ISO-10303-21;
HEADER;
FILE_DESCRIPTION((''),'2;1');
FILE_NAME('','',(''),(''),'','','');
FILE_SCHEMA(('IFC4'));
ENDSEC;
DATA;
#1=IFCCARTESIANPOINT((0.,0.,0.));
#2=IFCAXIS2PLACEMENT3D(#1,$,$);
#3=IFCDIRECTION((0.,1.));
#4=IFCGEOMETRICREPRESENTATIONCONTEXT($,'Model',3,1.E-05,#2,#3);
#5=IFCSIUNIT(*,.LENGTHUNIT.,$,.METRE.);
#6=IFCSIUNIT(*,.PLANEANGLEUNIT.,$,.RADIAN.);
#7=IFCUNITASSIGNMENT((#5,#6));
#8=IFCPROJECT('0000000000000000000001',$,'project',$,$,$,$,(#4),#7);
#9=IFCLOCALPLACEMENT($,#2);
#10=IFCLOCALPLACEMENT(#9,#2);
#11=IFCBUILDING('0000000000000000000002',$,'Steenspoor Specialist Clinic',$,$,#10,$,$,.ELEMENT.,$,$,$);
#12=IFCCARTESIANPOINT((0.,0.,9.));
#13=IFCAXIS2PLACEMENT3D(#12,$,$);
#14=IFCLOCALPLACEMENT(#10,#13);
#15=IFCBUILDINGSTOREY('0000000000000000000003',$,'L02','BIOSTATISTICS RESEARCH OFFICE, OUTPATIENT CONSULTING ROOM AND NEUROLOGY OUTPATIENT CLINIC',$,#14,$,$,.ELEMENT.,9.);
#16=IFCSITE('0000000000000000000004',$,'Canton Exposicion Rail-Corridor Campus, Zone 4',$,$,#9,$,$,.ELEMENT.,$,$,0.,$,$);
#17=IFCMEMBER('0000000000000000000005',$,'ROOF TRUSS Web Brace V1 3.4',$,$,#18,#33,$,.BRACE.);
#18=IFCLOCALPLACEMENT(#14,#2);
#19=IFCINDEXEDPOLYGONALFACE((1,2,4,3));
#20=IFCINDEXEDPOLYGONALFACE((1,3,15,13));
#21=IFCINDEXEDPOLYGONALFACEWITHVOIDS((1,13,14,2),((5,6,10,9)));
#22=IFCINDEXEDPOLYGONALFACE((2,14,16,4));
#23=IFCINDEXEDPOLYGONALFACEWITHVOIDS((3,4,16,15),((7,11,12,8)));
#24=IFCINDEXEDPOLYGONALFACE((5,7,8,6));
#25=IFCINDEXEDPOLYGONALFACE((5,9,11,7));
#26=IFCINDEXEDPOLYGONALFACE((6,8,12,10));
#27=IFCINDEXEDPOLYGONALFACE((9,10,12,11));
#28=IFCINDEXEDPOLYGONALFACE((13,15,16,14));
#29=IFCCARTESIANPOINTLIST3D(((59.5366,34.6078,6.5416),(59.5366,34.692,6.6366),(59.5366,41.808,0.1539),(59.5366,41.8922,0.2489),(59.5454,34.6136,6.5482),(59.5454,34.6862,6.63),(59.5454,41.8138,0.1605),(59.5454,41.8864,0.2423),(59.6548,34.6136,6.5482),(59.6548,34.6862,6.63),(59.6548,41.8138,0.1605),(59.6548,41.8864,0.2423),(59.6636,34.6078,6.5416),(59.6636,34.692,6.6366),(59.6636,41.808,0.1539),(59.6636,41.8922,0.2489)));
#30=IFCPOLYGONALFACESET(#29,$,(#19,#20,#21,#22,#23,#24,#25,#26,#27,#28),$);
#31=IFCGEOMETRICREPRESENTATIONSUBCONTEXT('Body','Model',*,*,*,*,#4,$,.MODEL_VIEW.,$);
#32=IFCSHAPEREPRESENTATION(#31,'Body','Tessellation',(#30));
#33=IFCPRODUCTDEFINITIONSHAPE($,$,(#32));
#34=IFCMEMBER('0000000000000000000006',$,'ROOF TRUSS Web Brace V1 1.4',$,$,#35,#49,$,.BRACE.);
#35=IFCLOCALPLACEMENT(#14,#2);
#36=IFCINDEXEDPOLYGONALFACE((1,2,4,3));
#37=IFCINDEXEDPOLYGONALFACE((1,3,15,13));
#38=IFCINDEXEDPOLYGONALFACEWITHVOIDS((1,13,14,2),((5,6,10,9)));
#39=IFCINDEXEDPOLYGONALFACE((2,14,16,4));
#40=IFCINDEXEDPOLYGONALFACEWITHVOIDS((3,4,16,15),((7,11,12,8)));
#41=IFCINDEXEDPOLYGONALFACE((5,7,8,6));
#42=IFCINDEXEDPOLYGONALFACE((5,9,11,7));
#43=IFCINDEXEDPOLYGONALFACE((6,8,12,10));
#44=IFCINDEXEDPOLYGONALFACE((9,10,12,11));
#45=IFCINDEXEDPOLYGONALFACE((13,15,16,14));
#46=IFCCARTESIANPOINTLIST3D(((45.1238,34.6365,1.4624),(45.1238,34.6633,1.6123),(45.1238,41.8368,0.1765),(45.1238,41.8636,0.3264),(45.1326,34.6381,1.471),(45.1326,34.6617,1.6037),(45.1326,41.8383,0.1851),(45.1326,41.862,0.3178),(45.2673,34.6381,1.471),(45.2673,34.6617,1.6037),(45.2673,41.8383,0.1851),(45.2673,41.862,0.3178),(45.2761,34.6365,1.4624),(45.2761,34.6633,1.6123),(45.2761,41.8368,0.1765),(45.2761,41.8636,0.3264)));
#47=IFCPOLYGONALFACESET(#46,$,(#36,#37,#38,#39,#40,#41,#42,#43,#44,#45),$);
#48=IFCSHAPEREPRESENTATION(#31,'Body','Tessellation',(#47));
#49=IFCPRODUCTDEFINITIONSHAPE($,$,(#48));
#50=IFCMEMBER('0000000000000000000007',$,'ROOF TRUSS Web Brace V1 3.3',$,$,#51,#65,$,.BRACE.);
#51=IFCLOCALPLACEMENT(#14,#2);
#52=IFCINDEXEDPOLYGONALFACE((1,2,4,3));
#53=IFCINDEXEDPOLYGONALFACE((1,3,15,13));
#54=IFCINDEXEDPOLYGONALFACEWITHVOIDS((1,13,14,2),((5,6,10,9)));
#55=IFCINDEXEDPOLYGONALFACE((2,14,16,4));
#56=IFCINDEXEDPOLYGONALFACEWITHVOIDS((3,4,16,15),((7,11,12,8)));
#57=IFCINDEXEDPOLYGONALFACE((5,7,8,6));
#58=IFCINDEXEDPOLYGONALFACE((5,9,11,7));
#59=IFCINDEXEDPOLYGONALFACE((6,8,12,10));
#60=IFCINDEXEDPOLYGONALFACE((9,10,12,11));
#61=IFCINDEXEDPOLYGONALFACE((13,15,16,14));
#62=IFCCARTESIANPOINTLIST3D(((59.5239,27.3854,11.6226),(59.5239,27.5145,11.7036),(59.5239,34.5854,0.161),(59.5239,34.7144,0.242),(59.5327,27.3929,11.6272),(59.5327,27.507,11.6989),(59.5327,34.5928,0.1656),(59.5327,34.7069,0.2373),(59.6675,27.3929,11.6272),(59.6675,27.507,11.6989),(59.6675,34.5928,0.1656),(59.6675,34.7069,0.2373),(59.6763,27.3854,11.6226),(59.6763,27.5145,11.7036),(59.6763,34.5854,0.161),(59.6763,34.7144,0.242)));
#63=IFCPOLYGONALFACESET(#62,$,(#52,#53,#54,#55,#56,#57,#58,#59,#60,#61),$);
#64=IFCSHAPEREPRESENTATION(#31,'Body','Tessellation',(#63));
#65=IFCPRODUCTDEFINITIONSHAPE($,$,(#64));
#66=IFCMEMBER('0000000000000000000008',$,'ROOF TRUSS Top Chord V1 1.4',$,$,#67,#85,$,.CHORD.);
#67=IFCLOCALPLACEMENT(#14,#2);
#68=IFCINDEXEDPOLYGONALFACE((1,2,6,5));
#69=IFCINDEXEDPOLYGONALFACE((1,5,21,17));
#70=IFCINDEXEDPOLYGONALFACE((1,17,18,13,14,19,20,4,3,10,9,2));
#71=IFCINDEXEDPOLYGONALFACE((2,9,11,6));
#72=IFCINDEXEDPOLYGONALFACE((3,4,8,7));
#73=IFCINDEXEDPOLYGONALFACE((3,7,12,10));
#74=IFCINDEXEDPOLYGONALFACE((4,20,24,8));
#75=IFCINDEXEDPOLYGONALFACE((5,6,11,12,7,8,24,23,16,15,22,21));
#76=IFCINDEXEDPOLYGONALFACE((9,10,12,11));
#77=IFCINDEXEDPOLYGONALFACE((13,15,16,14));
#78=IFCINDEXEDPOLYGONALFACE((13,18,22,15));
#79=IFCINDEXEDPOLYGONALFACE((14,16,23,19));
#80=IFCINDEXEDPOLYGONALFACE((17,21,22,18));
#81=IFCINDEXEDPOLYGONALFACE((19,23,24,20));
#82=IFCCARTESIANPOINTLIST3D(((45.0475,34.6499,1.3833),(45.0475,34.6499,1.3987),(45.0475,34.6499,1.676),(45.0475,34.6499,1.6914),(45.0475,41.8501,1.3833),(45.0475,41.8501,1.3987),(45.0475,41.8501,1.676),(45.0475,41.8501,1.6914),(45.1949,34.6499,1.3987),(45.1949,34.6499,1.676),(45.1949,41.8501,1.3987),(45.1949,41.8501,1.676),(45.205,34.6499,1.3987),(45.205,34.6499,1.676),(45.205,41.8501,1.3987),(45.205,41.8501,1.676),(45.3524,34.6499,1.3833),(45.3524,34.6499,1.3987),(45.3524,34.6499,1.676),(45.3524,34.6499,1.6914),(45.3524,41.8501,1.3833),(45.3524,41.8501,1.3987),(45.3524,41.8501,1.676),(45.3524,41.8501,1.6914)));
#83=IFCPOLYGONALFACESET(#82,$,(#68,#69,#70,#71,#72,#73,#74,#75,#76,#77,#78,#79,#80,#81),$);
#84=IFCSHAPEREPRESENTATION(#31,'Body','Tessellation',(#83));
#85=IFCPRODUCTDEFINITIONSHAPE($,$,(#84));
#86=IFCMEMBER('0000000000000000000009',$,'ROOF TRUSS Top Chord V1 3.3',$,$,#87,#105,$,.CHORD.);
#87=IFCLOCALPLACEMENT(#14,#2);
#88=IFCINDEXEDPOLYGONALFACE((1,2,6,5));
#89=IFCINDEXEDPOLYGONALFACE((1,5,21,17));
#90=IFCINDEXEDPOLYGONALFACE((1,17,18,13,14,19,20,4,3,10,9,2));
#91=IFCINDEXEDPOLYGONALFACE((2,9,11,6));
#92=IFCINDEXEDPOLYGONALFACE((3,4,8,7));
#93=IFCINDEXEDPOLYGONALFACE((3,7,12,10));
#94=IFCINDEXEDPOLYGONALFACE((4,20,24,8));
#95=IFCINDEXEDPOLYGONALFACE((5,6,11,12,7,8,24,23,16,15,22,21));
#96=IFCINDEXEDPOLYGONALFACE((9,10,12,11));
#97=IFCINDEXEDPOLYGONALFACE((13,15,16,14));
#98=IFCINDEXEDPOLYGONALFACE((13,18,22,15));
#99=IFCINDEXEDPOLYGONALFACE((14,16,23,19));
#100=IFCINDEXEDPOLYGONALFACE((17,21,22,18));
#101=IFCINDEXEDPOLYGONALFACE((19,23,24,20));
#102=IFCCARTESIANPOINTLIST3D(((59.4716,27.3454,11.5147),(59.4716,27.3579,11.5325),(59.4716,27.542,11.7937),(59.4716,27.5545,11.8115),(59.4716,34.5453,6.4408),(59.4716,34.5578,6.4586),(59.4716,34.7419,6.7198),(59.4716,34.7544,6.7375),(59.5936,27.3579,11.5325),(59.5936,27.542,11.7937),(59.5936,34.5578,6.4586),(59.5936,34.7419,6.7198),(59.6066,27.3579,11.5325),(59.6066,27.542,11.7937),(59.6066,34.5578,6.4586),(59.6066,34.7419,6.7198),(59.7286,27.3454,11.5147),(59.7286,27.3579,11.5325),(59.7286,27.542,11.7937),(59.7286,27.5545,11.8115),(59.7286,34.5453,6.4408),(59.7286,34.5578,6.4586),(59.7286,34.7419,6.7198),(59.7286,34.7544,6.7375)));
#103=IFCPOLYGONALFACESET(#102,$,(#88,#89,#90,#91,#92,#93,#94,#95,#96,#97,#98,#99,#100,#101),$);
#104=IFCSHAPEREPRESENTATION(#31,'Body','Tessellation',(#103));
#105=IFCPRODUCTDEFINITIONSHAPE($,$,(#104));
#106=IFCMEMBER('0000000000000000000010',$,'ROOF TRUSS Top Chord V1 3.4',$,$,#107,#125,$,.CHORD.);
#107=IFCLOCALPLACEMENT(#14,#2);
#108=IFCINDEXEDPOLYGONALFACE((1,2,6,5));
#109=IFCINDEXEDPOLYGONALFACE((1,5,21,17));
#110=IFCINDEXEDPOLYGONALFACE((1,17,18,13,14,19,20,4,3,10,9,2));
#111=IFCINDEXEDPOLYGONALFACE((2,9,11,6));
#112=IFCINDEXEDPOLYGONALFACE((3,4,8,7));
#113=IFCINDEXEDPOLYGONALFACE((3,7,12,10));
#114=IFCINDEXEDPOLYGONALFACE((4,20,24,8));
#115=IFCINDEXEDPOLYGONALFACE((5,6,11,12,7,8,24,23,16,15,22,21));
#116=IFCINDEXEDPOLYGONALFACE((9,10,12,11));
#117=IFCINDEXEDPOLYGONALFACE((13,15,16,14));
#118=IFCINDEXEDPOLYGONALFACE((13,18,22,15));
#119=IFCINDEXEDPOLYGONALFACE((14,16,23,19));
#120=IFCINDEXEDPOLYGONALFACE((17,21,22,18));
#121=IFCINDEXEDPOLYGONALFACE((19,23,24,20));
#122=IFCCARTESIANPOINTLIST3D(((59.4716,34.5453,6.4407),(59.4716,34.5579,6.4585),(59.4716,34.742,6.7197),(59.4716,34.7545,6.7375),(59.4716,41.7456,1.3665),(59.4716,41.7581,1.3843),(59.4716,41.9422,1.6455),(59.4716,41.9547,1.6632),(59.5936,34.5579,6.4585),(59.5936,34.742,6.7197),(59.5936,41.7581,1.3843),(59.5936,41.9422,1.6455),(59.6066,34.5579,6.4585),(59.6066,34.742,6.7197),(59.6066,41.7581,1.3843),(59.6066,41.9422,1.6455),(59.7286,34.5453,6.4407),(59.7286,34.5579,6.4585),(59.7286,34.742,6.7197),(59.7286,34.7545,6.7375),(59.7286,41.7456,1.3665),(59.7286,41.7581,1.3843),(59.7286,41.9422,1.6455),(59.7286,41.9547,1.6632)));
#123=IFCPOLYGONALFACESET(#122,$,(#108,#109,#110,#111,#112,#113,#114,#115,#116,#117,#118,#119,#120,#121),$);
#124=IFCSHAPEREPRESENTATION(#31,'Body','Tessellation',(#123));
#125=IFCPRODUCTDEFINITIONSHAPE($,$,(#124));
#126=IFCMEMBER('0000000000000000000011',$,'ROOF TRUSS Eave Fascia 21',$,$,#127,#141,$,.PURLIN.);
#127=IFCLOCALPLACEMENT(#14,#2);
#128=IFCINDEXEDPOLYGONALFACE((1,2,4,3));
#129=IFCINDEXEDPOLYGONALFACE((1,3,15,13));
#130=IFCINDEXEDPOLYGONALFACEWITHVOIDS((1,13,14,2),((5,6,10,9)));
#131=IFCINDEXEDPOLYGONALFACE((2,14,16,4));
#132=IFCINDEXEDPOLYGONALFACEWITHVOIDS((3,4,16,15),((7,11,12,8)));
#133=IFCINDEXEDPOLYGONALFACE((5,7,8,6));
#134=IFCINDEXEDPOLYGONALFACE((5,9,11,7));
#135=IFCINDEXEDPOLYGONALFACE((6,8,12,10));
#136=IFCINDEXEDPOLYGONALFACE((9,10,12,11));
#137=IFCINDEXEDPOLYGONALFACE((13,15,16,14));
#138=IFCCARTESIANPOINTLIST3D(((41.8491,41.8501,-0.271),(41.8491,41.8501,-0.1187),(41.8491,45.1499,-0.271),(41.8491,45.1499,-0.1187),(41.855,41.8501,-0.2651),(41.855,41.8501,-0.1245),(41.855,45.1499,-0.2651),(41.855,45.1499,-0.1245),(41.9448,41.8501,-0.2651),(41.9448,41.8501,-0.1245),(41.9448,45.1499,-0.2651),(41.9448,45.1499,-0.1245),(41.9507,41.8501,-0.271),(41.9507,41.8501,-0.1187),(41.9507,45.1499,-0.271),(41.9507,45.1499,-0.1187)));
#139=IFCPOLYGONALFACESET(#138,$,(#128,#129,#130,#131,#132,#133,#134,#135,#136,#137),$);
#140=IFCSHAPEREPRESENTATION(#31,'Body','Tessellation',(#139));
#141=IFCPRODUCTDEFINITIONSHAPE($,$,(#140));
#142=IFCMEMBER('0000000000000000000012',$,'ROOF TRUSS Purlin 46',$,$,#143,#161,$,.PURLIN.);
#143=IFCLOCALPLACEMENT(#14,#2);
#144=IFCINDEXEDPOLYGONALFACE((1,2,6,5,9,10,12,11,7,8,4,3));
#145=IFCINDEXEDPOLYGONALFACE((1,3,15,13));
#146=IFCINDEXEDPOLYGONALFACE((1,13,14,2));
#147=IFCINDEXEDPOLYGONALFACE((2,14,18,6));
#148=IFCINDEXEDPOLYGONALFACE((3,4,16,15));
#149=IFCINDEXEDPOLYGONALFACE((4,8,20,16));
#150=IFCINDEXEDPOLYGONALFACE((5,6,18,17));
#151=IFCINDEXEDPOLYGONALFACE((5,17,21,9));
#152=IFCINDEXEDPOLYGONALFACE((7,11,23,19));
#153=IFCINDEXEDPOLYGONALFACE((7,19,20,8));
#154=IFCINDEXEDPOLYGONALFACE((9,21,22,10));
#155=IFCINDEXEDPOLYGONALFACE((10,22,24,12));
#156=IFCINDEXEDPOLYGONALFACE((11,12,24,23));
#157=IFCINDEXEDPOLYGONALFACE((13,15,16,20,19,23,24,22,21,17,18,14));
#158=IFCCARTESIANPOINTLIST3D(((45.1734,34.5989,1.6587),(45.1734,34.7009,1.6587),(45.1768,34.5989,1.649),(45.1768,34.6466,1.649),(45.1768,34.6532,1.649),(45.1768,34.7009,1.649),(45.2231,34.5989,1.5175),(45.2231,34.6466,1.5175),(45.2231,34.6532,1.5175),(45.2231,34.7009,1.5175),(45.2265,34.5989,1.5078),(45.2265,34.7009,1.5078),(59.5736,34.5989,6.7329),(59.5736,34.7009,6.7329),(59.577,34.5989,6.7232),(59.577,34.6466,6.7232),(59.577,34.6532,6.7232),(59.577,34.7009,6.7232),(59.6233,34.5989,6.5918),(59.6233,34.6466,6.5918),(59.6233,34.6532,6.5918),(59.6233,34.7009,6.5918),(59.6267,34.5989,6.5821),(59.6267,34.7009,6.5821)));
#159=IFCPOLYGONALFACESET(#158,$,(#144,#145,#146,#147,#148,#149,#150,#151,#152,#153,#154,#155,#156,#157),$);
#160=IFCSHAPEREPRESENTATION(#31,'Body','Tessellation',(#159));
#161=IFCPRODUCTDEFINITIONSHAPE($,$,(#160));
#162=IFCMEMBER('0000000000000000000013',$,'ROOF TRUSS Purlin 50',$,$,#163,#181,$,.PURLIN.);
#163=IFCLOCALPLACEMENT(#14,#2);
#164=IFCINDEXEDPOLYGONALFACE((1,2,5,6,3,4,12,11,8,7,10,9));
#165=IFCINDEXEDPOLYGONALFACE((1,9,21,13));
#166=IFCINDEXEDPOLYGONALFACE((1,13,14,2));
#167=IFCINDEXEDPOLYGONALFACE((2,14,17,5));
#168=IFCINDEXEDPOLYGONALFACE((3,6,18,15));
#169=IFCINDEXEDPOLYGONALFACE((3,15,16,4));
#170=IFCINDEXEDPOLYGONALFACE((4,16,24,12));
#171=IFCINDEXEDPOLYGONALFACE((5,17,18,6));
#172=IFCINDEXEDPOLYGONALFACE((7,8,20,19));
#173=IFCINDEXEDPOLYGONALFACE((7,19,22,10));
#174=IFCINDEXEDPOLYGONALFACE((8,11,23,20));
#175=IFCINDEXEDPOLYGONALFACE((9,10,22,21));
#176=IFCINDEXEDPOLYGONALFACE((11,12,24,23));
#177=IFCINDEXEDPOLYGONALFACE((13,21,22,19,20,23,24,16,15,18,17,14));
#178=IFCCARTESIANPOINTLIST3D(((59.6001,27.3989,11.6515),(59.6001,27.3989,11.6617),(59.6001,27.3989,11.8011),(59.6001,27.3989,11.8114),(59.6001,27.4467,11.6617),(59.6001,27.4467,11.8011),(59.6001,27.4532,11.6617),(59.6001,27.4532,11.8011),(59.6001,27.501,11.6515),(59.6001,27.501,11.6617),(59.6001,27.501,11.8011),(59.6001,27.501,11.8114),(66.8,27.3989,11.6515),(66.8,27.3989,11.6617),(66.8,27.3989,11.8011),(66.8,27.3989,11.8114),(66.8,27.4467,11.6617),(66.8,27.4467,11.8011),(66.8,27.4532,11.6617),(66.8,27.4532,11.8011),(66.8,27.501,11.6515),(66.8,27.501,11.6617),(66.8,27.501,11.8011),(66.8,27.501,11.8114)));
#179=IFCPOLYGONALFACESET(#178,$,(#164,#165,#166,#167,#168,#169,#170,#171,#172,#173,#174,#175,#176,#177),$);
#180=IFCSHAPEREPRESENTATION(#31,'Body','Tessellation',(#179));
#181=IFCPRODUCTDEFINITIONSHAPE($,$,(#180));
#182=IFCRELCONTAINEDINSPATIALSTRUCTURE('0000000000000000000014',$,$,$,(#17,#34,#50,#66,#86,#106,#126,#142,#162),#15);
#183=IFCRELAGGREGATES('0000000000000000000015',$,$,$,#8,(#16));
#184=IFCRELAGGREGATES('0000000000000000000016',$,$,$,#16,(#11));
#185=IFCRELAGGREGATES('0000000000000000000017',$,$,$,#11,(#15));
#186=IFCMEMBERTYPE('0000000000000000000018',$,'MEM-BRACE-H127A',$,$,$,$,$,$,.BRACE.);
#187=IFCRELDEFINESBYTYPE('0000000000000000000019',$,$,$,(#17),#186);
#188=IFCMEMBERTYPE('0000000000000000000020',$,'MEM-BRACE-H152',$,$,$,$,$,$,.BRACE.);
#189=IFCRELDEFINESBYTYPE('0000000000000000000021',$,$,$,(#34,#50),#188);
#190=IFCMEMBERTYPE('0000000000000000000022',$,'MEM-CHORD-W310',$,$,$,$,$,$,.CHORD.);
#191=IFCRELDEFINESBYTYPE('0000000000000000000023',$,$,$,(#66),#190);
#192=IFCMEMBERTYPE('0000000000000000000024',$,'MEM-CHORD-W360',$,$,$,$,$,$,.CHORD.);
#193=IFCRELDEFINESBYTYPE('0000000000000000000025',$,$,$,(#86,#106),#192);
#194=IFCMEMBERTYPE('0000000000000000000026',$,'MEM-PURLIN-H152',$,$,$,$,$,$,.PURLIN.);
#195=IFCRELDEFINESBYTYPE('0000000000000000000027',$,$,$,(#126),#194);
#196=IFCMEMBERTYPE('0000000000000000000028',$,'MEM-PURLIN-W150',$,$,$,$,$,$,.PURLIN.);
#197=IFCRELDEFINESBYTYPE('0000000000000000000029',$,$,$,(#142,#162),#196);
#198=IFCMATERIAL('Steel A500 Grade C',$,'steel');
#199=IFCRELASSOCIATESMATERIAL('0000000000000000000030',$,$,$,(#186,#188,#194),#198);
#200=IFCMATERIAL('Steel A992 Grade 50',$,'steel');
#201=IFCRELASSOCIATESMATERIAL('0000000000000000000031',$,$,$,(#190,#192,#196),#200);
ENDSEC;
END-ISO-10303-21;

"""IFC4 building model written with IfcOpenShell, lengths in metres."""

from ifc_helpers import new_model, si_unit, direction, frame, origin, origin_2d, place, context, subcontext, project, spatial, hollow_rectangle, i_section, extrude, material, material_profile, profile_set, type_object, element, save


model = new_model("IFC4")

# Units and contexts
model_context = context("Model", 3, precision=1e-05, world=origin(), true_north=direction((0.0, 1.0)))
body_context = subcontext(model_context, "Body", "Model", "MODEL_VIEW")
ifc_project = project(units=[si_unit("LENGTHUNIT", "METRE"), si_unit("PLANEANGLEUNIT", "RADIAN")], contexts=[model_context])

# Site, building, storey
site_placement = place(None, origin())
site = spatial("IfcSite", under=ifc_project, at=site_placement, Name="Canton Exposicion Rail-Corridor Campus, Zone 4", CompositionType="ELEMENT", RefElevation=0.0)
building_placement = place(site_placement, origin())
building = spatial("IfcBuilding", under=site, at=building_placement, Name="Steenspoor Specialist Clinic", CompositionType="ELEMENT")
storey_placement = place(building_placement, frame((0.0, 0.0, 9.0)))
storey = spatial("IfcBuildingStorey", under=building, at=storey_placement, Name="L02", Description="BIOSTATISTICS RESEARCH OFFICE, OUTPATIENT CONSULTING ROOM AND NEUROLOGY OUTPATIENT CLINIC", CompositionType="ELEMENT", Elevation=9.0)

# Members
ifc_material_1 = material(Name="Steel A500 Grade C", Category="steel")
ifc_material_profile_1 = material_profile(ifc_material_1, hollow_rectangle(XDim=0.127, YDim=0.127, WallThickness=0.0088, at=origin_2d()), Name="HSS127X127X9.5")
ifc_profile_set_1 = profile_set([ifc_material_profile_1], Name="Steel A500 Grade C")
member_type_1 = type_object("IfcMemberType", Name="MEM-BRACE-H127A", PredefinedType="BRACE", material=ifc_profile_set_1)
member_1_placement = place(storey_placement, frame((59.6001, 34.6499, 6.5891), z_axis=(0.0, 0.748053, -0.663639), x_axis=(-1.0, 0.0, 0.0)))
element("IfcMember", 1, at=member_1_placement, inside=storey, type_object=member_type_1, Name="ROOF TRUSS Web Brace V1 3.4", PredefinedType="BRACE", context=body_context, shape_type="SweptSolid", body=[
    extrude(hollow_rectangle(XDim=0.127, YDim=0.127, WallThickness=0.0088, at=origin_2d()), origin(), (0.0, 0.0, 1.0), 9.6252),
])
ifc_material_profile_2 = material_profile(ifc_material_1, hollow_rectangle(XDim=0.1523, YDim=0.1523, WallThickness=0.0088, at=origin_2d()), Name="HSS152X152X9.5")
ifc_profile_set_2 = profile_set([ifc_material_profile_2], Name="Steel A500 Grade C")
member_type_2 = type_object("IfcMemberType", Name="MEM-BRACE-H152", PredefinedType="BRACE", material=ifc_profile_set_2)
member_2_placement = place(storey_placement, frame((45.2, 34.6499, 1.5374), z_axis=(0.0, 0.984424, -0.175809), x_axis=(-1.0, 0.0, 0.0)))
element("IfcMember", 2, at=member_2_placement, inside=storey, type_object=member_type_2, Name="ROOF TRUSS Web Brace V1 1.4", PredefinedType="BRACE", context=body_context, shape_type="SweptSolid", body=[
    extrude(hollow_rectangle(XDim=0.1523, YDim=0.1523, WallThickness=0.0088, at=origin_2d()), origin(), (0.0, 0.0, 1.0), 7.3142),
])
member_3_placement = place(storey_placement, frame((59.6001, 27.45, 11.6631), z_axis=(0.0, 0.531932, -0.846787), x_axis=(-1.0, 0.0, 0.0)))
element("IfcMember", 3, at=member_3_placement, inside=storey, type_object=member_type_2, Name="ROOF TRUSS Web Brace V1 3.3", PredefinedType="BRACE", context=body_context, shape_type="SweptSolid", body=[
    extrude(hollow_rectangle(XDim=0.1523, YDim=0.1523, WallThickness=0.0088, at=origin_2d()), origin(), (0.0, 0.0, 1.0), 13.5354),
])
ifc_material_2 = material(Name="Steel A992 Grade 50", Category="steel")
ifc_material_profile_3 = material_profile(ifc_material_2, i_section(OverallWidth=0.3049, OverallDepth=0.3081, WebThickness=0.01, FlangeThickness=0.0154, at=origin_2d()), Name="W310X97")
ifc_profile_set_3 = profile_set([ifc_material_profile_3], Name="Steel A992 Grade 50")
member_type_3 = type_object("IfcMemberType", Name="MEM-CHORD-W310", PredefinedType="CHORD", material=ifc_profile_set_3)
member_4_placement = place(storey_placement, frame((45.2, 34.6499, 1.5374), z_axis=(0.0, 1.0, 0.0), x_axis=(-1.0, 0.0, 0.0)))
element("IfcMember", 4, at=member_4_placement, inside=storey, type_object=member_type_3, Name="ROOF TRUSS Top Chord V1 1.4", PredefinedType="CHORD", context=body_context, shape_type="SweptSolid", body=[
    extrude(i_section(OverallWidth=0.3049, OverallDepth=0.3081, WebThickness=0.01, FlangeThickness=0.0154, at=origin_2d()), origin(), (0.0, 0.0, 1.0), 7.2002),
])
ifc_material_profile_4 = material_profile(ifc_material_2, i_section(OverallWidth=0.2571, OverallDepth=0.363, WebThickness=0.0129, FlangeThickness=0.0217, at=origin_2d()), Name="W360X122")
ifc_profile_set_4 = profile_set([ifc_material_profile_4], Name="Steel A992 Grade 50")
member_type_4 = type_object("IfcMemberType", Name="MEM-CHORD-W360", PredefinedType="CHORD", material=ifc_profile_set_4)
member_5_placement = place(storey_placement, frame((59.6001, 27.45, 11.6631), z_axis=(0.0, 0.817414, -0.576051), x_axis=(-1.0, 0.0, 0.0)))
element("IfcMember", 5, at=member_5_placement, inside=storey, type_object=member_type_4, Name="ROOF TRUSS Top Chord V1 3.3", PredefinedType="CHORD", context=body_context, shape_type="SweptSolid", body=[
    extrude(i_section(OverallWidth=0.2571, OverallDepth=0.363, WebThickness=0.0129, FlangeThickness=0.0217, at=origin_2d()), origin(), (0.0, 0.0, 1.0), 8.8081),
])
member_6_placement = place(storey_placement, frame((59.6001, 34.6499, 6.5891), z_axis=(0.0, 0.81741, -0.576056), x_axis=(-1.0, 0.0, 0.0)))
element("IfcMember", 6, at=member_6_placement, inside=storey, type_object=member_type_4, Name="ROOF TRUSS Top Chord V1 3.4", PredefinedType="CHORD", context=body_context, shape_type="SweptSolid", body=[
    extrude(i_section(OverallWidth=0.2571, OverallDepth=0.363, WebThickness=0.0129, FlangeThickness=0.0217, at=origin_2d()), origin(), (0.0, 0.0, 1.0), 8.8086),
])
ifc_material_profile_5 = material_profile(ifc_material_1, hollow_rectangle(XDim=0.1016, YDim=0.1523, WallThickness=0.0059, at=origin_2d()), Name="HSS152X102X6.4")
ifc_profile_set_5 = profile_set([ifc_material_profile_5], Name="Steel A500 Grade C")
member_type_5 = type_object("IfcMemberType", Name="MEM-PURLIN-H152", PredefinedType="PURLIN", material=ifc_profile_set_5)
member_7_placement = place(storey_placement, frame((41.8999, 41.8501, -0.1948), z_axis=(0.0, 1.0, 0.0), x_axis=(-1.0, 0.0, 0.0)))
element("IfcMember", 7, at=member_7_placement, inside=storey, type_object=member_type_5, Name="ROOF TRUSS Eave Fascia 21", PredefinedType="PURLIN", context=body_context, shape_type="SweptSolid", body=[
    extrude(hollow_rectangle(XDim=0.1016, YDim=0.1523, WallThickness=0.0059, at=origin_2d()), origin(), (0.0, 0.0, 1.0), 3.2998),
])
ifc_material_profile_6 = material_profile(ifc_material_2, i_section(OverallWidth=0.1021, OverallDepth=0.1599, WebThickness=0.0066, FlangeThickness=0.0103, at=origin_2d()), Name="W150X24")
ifc_profile_set_6 = profile_set([ifc_material_profile_6], Name="Steel A992 Grade 50")
member_type_6 = type_object("IfcMemberType", Name="MEM-PURLIN-W150", PredefinedType="PURLIN", material=ifc_profile_set_6)
member_8_placement = place(storey_placement, frame((45.2, 34.6499, 1.5833), z_axis=(0.943158, 0.0, 0.332343), x_axis=(0.0, 1.0, 0.0)))
element("IfcMember", 8, at=member_8_placement, inside=storey, type_object=member_type_6, Name="ROOF TRUSS Purlin 46", PredefinedType="PURLIN", context=body_context, shape_type="SweptSolid", body=[
    extrude(i_section(OverallWidth=0.1021, OverallDepth=0.1599, WebThickness=0.0066, FlangeThickness=0.0103, at=origin_2d()), origin(), (0.0, 0.0, 1.0), 15.2681),
])
member_9_placement = place(storey_placement, frame((59.6001, 27.45, 11.7314), z_axis=(1.0, 0.0, 0.0), x_axis=(0.0, 1.0, 0.0)))
element("IfcMember", 9, at=member_9_placement, inside=storey, type_object=member_type_6, Name="ROOF TRUSS Purlin 50", PredefinedType="PURLIN", context=body_context, shape_type="SweptSolid", body=[
    extrude(i_section(OverallWidth=0.1021, OverallDepth=0.1599, WebThickness=0.0066, FlangeThickness=0.0103, at=origin_2d()), origin(), (0.0, 0.0, 1.0), 7.2),
])

save(model, "model.ifc")
